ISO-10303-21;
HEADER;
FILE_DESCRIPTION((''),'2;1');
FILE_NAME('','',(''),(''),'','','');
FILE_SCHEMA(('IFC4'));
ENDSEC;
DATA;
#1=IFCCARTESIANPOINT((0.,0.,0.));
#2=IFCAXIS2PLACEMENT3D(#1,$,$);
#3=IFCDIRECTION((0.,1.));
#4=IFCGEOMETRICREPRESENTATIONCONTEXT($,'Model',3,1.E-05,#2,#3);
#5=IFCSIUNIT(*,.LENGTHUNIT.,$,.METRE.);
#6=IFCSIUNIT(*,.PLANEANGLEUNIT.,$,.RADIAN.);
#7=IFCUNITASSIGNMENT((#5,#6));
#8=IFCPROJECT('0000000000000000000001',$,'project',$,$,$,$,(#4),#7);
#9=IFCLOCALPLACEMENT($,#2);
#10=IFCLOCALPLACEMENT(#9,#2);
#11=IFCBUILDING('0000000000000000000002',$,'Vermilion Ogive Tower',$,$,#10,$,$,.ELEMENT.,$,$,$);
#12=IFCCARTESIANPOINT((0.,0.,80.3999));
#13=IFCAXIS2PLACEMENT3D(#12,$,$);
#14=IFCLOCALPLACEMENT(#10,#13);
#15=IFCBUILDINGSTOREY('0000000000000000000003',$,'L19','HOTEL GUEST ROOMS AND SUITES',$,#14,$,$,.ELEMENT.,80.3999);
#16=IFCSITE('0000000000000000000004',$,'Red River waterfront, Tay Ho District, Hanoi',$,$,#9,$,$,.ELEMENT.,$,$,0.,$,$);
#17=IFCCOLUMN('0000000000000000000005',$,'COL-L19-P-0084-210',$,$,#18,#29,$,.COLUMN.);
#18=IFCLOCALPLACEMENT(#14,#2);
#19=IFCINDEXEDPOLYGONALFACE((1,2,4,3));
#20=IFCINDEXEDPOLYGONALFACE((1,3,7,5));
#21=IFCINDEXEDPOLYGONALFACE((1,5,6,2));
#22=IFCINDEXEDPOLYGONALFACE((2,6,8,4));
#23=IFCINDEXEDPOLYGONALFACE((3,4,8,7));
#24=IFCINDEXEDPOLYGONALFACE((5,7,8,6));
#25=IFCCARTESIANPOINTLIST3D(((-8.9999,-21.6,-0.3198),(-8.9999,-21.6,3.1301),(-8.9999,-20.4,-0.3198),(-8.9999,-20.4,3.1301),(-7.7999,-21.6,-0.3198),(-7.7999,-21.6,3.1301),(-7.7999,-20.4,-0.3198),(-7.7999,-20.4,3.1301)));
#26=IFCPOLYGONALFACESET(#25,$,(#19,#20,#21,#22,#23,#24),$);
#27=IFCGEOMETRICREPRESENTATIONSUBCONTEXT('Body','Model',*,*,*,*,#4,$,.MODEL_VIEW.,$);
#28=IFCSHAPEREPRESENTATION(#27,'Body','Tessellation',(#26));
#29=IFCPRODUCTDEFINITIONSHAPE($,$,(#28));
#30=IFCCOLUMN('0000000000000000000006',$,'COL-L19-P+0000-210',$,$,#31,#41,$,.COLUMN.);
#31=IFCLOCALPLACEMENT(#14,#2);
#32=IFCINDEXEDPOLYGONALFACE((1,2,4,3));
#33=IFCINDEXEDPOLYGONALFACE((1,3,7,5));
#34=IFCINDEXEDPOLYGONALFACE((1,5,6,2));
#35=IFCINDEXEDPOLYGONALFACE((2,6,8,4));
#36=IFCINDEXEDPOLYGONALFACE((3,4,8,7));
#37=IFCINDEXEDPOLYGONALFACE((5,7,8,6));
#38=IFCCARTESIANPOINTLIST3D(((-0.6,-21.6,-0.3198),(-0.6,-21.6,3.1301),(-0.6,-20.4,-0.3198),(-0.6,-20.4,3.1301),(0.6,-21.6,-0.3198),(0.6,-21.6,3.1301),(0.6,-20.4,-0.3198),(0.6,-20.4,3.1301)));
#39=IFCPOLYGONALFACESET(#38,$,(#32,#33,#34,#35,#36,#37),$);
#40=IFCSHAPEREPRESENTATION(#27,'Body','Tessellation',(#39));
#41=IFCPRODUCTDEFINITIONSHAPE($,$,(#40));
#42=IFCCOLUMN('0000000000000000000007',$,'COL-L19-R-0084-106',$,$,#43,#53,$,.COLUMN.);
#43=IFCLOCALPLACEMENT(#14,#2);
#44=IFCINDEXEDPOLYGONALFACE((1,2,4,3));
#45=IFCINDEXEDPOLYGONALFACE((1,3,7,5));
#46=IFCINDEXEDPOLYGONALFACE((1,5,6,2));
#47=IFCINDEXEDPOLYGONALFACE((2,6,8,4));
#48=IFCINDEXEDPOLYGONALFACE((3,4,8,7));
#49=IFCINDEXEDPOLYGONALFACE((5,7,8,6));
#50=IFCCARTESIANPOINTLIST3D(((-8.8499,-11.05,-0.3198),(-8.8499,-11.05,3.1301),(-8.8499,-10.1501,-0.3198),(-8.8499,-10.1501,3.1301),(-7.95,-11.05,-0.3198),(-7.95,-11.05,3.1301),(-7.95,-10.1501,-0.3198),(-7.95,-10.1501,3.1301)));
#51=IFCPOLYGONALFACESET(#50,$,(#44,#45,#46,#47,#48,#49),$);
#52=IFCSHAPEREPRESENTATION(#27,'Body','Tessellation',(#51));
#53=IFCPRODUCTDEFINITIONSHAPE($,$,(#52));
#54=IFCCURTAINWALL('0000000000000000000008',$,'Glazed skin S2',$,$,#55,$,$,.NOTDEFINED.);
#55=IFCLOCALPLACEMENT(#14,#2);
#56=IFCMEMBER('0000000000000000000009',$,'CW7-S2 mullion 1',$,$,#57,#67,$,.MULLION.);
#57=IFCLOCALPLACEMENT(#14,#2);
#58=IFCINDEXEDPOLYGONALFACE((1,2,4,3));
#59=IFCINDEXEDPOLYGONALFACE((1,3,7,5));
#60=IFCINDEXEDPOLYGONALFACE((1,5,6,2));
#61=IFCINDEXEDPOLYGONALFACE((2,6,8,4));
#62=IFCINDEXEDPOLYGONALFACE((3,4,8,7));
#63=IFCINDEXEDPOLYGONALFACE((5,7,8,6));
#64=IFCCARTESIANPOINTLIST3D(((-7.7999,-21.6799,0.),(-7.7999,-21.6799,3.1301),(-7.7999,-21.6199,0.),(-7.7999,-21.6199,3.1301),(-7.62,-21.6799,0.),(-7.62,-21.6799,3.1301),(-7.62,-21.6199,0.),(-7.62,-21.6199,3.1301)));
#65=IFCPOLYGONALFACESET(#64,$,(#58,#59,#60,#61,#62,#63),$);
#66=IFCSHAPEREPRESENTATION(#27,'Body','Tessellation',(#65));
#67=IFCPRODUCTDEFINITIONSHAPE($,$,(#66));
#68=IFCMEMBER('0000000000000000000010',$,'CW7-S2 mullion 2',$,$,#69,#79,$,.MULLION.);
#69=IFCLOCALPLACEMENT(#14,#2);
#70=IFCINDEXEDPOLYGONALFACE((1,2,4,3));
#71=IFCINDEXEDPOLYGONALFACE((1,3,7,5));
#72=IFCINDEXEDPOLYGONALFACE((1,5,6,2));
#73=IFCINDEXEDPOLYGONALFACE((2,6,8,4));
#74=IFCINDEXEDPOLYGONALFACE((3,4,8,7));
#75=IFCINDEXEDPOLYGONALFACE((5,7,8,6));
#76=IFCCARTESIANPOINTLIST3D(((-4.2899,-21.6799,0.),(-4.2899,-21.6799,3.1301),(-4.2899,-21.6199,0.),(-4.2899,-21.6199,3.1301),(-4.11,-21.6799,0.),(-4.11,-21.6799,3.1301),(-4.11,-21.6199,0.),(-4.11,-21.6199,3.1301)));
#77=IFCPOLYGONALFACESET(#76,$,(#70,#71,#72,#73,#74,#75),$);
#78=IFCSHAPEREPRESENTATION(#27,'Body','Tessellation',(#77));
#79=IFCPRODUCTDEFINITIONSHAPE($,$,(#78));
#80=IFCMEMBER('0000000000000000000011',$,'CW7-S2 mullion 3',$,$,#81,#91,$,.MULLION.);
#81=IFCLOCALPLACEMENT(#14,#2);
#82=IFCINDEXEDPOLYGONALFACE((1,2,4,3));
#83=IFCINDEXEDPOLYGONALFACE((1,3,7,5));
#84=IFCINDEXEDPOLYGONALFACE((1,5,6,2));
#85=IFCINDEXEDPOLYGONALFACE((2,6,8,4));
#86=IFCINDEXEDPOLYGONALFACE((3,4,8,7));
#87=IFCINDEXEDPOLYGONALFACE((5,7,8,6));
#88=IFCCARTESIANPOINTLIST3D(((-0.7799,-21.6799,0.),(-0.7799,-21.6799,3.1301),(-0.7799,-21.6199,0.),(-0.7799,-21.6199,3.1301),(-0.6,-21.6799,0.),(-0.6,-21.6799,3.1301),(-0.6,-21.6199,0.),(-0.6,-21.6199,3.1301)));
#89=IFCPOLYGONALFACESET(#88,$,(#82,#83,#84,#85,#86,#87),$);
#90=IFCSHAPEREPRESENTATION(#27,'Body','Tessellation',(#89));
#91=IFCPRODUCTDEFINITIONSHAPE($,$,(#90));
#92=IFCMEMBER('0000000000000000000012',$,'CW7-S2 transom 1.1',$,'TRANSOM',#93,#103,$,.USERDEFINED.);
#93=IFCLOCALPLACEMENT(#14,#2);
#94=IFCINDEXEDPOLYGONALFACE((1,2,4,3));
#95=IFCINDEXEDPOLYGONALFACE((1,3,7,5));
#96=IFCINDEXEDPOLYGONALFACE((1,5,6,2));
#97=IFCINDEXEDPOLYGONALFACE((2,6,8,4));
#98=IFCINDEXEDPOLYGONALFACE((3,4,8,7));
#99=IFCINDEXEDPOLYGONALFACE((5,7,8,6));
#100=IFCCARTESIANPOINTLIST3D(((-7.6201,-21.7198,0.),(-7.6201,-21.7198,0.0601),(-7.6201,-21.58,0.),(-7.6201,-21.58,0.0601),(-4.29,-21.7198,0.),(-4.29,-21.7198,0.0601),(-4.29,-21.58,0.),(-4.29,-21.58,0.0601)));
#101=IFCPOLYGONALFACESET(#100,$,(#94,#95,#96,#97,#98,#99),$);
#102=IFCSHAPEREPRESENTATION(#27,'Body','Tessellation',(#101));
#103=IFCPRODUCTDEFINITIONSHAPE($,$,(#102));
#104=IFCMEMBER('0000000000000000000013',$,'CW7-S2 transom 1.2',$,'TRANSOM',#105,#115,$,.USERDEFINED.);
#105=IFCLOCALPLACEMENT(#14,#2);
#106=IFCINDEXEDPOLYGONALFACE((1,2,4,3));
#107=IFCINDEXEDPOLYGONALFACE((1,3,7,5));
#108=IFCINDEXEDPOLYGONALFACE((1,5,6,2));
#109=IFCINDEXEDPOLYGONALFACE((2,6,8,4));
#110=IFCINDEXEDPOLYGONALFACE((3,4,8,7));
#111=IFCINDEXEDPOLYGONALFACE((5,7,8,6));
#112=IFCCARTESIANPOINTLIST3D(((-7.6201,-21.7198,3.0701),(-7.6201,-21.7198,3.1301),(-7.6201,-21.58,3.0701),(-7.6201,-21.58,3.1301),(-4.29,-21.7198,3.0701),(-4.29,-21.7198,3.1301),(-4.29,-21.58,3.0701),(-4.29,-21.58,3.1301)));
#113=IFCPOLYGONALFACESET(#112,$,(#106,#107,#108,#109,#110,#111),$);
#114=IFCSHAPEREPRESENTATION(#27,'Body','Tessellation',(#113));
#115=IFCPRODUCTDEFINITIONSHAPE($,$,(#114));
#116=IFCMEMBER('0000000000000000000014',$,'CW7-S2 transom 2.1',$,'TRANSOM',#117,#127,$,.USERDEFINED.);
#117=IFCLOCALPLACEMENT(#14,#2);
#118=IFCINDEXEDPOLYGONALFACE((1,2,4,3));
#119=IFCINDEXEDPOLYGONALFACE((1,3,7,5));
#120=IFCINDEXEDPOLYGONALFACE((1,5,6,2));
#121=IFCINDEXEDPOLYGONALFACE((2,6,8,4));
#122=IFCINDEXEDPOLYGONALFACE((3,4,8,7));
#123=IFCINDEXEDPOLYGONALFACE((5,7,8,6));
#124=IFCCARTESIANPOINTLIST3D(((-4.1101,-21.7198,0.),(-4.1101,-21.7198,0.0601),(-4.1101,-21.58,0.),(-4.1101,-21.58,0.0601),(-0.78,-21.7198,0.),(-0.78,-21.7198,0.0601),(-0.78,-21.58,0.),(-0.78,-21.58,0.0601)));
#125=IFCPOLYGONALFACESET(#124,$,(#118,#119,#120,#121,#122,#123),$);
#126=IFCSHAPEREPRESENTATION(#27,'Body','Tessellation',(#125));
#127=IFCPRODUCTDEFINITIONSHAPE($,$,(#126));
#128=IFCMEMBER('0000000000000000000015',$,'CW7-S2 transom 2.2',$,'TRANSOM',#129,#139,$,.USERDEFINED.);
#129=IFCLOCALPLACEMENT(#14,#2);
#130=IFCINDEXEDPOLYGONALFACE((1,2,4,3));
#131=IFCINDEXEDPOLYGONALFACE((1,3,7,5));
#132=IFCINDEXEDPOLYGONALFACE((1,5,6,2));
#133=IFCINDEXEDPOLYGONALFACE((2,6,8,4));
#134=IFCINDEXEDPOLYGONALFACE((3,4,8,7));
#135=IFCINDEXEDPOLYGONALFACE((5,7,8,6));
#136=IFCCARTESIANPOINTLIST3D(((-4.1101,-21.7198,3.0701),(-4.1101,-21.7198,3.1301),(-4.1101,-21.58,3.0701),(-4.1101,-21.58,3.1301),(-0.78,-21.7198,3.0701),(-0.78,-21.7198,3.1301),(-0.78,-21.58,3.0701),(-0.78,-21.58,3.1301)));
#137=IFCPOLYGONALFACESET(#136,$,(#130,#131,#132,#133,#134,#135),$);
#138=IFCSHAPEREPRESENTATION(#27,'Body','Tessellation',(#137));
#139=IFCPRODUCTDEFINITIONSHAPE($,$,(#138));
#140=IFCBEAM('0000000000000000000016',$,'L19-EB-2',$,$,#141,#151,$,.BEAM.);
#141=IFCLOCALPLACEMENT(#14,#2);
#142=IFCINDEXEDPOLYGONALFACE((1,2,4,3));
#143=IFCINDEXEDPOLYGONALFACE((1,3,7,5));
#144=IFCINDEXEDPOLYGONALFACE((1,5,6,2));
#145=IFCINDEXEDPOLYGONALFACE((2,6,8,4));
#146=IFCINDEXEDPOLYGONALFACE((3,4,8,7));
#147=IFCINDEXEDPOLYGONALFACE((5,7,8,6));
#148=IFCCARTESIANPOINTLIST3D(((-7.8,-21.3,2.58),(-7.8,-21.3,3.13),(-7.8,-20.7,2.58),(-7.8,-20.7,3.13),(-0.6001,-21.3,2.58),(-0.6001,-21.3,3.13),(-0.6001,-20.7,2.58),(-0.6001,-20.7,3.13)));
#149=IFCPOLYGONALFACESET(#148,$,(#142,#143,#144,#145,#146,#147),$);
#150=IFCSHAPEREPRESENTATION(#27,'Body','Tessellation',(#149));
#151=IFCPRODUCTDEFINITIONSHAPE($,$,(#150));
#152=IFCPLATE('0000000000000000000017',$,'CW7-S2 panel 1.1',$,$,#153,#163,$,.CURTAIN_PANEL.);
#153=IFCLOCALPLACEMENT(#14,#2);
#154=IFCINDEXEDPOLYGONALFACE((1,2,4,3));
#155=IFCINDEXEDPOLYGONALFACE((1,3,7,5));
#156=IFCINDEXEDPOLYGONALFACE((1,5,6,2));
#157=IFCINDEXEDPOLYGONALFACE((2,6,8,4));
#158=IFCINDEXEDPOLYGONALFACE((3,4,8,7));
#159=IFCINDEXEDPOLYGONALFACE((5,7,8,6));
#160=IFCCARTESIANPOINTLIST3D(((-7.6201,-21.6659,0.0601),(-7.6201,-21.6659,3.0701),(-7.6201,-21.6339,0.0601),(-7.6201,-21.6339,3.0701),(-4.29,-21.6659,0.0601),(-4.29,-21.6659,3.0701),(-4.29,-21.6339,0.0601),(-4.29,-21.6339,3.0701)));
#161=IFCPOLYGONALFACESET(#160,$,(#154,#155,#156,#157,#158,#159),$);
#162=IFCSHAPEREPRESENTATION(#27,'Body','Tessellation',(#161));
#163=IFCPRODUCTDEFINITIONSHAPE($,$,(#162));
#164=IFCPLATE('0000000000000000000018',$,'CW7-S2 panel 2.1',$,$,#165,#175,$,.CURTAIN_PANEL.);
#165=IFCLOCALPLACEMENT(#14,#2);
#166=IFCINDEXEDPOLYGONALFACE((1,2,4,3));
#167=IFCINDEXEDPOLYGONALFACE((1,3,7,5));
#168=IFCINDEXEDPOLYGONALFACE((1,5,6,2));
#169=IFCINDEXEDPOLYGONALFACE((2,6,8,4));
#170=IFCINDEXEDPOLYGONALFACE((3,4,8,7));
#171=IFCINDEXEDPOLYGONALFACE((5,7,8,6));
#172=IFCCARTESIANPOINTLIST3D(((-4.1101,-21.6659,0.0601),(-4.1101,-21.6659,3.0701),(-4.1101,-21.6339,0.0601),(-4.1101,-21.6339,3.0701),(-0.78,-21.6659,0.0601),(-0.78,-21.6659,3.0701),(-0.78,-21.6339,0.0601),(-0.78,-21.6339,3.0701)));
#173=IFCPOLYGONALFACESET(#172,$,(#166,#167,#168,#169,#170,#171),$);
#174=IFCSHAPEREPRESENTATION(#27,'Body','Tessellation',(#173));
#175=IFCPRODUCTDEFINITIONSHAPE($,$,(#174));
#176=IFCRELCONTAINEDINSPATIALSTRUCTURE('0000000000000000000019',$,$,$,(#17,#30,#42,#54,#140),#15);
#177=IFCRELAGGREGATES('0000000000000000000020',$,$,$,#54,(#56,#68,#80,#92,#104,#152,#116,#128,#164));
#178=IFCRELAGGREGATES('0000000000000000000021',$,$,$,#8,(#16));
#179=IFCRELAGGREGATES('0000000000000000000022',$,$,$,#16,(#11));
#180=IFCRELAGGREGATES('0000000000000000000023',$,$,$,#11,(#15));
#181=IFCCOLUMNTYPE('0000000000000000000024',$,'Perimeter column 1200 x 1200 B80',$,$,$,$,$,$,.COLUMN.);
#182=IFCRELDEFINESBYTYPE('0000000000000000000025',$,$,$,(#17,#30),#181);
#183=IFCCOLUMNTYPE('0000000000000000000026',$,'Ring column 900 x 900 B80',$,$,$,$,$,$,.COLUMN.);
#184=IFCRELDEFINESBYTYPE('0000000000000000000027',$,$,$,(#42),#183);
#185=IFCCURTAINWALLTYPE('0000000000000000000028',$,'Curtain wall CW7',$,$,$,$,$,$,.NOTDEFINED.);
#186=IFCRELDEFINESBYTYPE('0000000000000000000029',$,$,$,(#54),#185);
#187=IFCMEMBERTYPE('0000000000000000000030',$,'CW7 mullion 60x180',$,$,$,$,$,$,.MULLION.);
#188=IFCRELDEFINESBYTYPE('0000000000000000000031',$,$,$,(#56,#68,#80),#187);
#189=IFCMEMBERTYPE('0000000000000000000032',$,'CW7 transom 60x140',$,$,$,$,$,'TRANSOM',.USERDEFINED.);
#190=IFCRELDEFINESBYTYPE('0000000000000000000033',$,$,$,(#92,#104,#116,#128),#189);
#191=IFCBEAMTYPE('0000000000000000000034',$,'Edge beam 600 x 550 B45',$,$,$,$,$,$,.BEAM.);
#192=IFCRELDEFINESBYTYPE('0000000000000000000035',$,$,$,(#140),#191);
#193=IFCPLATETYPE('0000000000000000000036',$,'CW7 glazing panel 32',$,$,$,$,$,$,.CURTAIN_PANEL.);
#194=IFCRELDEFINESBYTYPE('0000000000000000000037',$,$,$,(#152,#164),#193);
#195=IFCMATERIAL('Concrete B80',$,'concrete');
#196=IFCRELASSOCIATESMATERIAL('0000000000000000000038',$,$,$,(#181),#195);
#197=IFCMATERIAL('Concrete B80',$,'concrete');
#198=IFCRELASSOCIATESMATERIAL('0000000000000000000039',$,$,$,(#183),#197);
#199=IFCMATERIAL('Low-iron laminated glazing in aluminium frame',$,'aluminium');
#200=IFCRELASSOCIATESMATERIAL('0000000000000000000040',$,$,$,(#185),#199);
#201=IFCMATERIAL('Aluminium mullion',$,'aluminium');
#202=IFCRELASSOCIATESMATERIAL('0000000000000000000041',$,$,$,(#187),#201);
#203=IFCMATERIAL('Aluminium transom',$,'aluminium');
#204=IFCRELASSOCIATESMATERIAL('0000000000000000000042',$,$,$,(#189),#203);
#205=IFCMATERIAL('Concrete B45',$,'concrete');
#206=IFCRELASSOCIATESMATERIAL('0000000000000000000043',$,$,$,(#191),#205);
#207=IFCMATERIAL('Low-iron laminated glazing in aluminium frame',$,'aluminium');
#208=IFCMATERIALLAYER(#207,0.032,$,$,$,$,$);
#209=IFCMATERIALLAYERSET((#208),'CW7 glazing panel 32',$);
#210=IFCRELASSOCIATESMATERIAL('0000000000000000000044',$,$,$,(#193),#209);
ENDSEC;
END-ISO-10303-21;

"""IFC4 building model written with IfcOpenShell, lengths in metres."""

from ifc_helpers import new_model, si_unit, direction, frame, origin, origin_2d, place, context, subcontext, project, spatial, rectangle, extrude, material, layer, layer_set, material_profile, profile_set, type_object, element, aggregate, save


model = new_model("IFC4")

# Units and contexts
model_context = context("Model", 3, precision=1e-05, world=origin(), true_north=direction((0.0, 1.0)))
body_context = subcontext(model_context, "Body", "Model", "MODEL_VIEW")
ifc_project = project(units=[si_unit("LENGTHUNIT", "METRE"), si_unit("PLANEANGLEUNIT", "RADIAN")], contexts=[model_context])

# Site, building, storey
site_placement = place(None, origin())
site = spatial("IfcSite", under=ifc_project, at=site_placement, Name="Red River waterfront, Tay Ho District, Hanoi", CompositionType="ELEMENT", RefElevation=0.0)
building_placement = place(site_placement, origin())
building = spatial("IfcBuilding", under=site, at=building_placement, Name="Vermilion Ogive Tower", CompositionType="ELEMENT")
storey_placement = place(building_placement, frame((0.0, 0.0, 80.3999)))
storey = spatial("IfcBuildingStorey", under=building, at=storey_placement, Name="L19", Description="HOTEL GUEST ROOMS AND SUITES", CompositionType="ELEMENT", Elevation=80.3999)

# Columns
ifc_material_1 = material(Name="Concrete B80", Category="concrete")
ifc_material_profile_1 = material_profile(ifc_material_1, rectangle(XDim=1.2, YDim=1.2, at=origin_2d()), Name="1200 x 1200")
ifc_profile_set_1 = profile_set([ifc_material_profile_1], Name="Concrete B80")
column_type_1 = type_object("IfcColumnType", Name="Perimeter column 1200 x 1200 B80", PredefinedType="COLUMN", material=ifc_profile_set_1)
for number, where, z_axis, x_axis, name in (
    (1, (-8.3999, -21.0, -0.3198), (0.0, 0.0, 1.0), (1.0, 0.0, 0.0), "COL-L19-P-0084-210"),
    (2, (0.0, -21.0, -0.3198), (0.0, 0.0, 1.0), (1.0, 0.0, 0.0), "COL-L19-P+0000-210"),
):
    element("IfcColumn", number, at=place(storey_placement, frame(where, z_axis=z_axis, x_axis=x_axis)), inside=storey, type_object=column_type_1, Name=name, PredefinedType="COLUMN", context=body_context, shape_type="SweptSolid", body=[
        extrude(rectangle(XDim=1.2, YDim=1.2, at=origin_2d()), origin(), (0.0, 0.0, 1.0), 3.45),
    ])
ifc_material_2 = material(Name="Concrete B80", Category="concrete")
ifc_material_profile_2 = material_profile(ifc_material_2, rectangle(XDim=0.8999, YDim=0.8999, at=origin_2d()), Name="900 x 900")
ifc_profile_set_2 = profile_set([ifc_material_profile_2], Name="Concrete B80")
column_type_2 = type_object("IfcColumnType", Name="Ring column 900 x 900 B80", PredefinedType="COLUMN", material=ifc_profile_set_2)
column_placement = place(storey_placement, frame((-8.3999, -10.6001, -0.3198), z_axis=(0.0, 0.0, 1.0), x_axis=(1.0, 0.0, 0.0)))
element("IfcColumn", 3, at=column_placement, inside=storey, type_object=column_type_2, Name="COL-L19-R-0084-106", PredefinedType="COLUMN", context=body_context, shape_type="SweptSolid", body=[
    extrude(rectangle(XDim=0.8999, YDim=0.8999, at=origin_2d()), origin(), (0.0, 0.0, 1.0), 3.45),
])

# Curtain wall, members
ifc_material_3 = material(Name="Low-iron laminated glazing in aluminium frame", Category="aluminium")
curtain_wall_type = type_object("IfcCurtainWallType", Name="Curtain wall CW7", PredefinedType="NOTDEFINED", material=ifc_material_3)
curtain_wall_placement = place(storey_placement, origin())
curtain_wall = element("IfcCurtainWall", 4, at=curtain_wall_placement, inside=storey, type_object=curtain_wall_type, Name="Glazed skin S2", PredefinedType="NOTDEFINED")
ifc_material_4 = material(Name="Aluminium mullion", Category="aluminium")
ifc_material_profile_3 = material_profile(ifc_material_4, rectangle(XDim=0.0601, YDim=0.1799, at=origin_2d()), Name="AL 60x180")
ifc_profile_set_3 = profile_set([ifc_material_profile_3], Name="Aluminium mullion")
member_type_1 = type_object("IfcMemberType", Name="CW7 mullion 60x180", PredefinedType="MULLION", material=ifc_profile_set_3)
member_1_placement = place(storey_placement, frame((-7.71, -21.6499, 0.0), z_axis=(0.0, 0.0, 1.0), x_axis=(0.0, 1.0, 0.0)))
member_1 = element("IfcMember", 5, at=member_1_placement, type_object=member_type_1, Name="CW7-S2 mullion 1", PredefinedType="MULLION", context=body_context, shape_type="SweptSolid", body=[
    extrude(rectangle(XDim=0.0601, YDim=0.1799, at=origin_2d()), origin(), (0.0, 0.0, 1.0), 3.1301),
])
member_2_placement = place(storey_placement, frame((-4.2, -21.6499, 0.0), z_axis=(0.0, 0.0, 1.0), x_axis=(0.0, 1.0, 0.0)))
member_2 = element("IfcMember", 6, at=member_2_placement, type_object=member_type_1, Name="CW7-S2 mullion 2", PredefinedType="MULLION", context=body_context, shape_type="SweptSolid", body=[
    extrude(rectangle(XDim=0.0601, YDim=0.1799, at=origin_2d()), origin(), (0.0, 0.0, 1.0), 3.1301),
])
member_3_placement = place(storey_placement, frame((-0.6899, -21.6499, 0.0), z_axis=(0.0, 0.0, 1.0), x_axis=(0.0, 1.0, 0.0)))
member_3 = element("IfcMember", 7, at=member_3_placement, type_object=member_type_1, Name="CW7-S2 mullion 3", PredefinedType="MULLION", context=body_context, shape_type="SweptSolid", body=[
    extrude(rectangle(XDim=0.0601, YDim=0.1799, at=origin_2d()), origin(), (0.0, 0.0, 1.0), 3.1301),
])
ifc_material_5 = material(Name="Aluminium transom", Category="aluminium")
ifc_material_profile_4 = material_profile(ifc_material_5, rectangle(XDim=0.1399, YDim=0.0601, at=origin_2d()), Name="AL 60x140")
ifc_profile_set_4 = profile_set([ifc_material_profile_4], Name="Aluminium transom")
member_type_2 = type_object("IfcMemberType", Name="CW7 transom 60x140", ElementType="TRANSOM", PredefinedType="USERDEFINED", material=ifc_profile_set_4)
member_4_placement = place(storey_placement, frame((-7.6201, -21.6499, 0.03), z_axis=(1.0, 0.0, 0.0), x_axis=(0.0, 1.0, 0.0)))
member_4 = element("IfcMember", 8, at=member_4_placement, type_object=member_type_2, Name="CW7-S2 transom 1.1", ObjectType="TRANSOM", PredefinedType="USERDEFINED", context=body_context, shape_type="SweptSolid", body=[
    extrude(rectangle(XDim=0.1399, YDim=0.0601, at=origin_2d()), origin(), (0.0, 0.0, 1.0), 3.3301),
])
member_5_placement = place(storey_placement, frame((-7.6201, -21.6499, 3.1001), z_axis=(1.0, 0.0, 0.0), x_axis=(0.0, 1.0, 0.0)))
member_5 = element("IfcMember", 9, at=member_5_placement, type_object=member_type_2, Name="CW7-S2 transom 1.2", ObjectType="TRANSOM", PredefinedType="USERDEFINED", context=body_context, shape_type="SweptSolid", body=[
    extrude(rectangle(XDim=0.1399, YDim=0.0601, at=origin_2d()), origin(), (0.0, 0.0, 1.0), 3.3301),
])
member_6_placement = place(storey_placement, frame((-4.1101, -21.6499, 0.03), z_axis=(1.0, 0.0, 0.0), x_axis=(0.0, 1.0, 0.0)))
member_6 = element("IfcMember", 10, at=member_6_placement, type_object=member_type_2, Name="CW7-S2 transom 2.1", ObjectType="TRANSOM", PredefinedType="USERDEFINED", context=body_context, shape_type="SweptSolid", body=[
    extrude(rectangle(XDim=0.1399, YDim=0.0601, at=origin_2d()), origin(), (0.0, 0.0, 1.0), 3.3301),
])
member_7_placement = place(storey_placement, frame((-4.1101, -21.6499, 3.1001), z_axis=(1.0, 0.0, 0.0), x_axis=(0.0, 1.0, 0.0)))
member_7 = element("IfcMember", 11, at=member_7_placement, type_object=member_type_2, Name="CW7-S2 transom 2.2", ObjectType="TRANSOM", PredefinedType="USERDEFINED", context=body_context, shape_type="SweptSolid", body=[
    extrude(rectangle(XDim=0.1399, YDim=0.0601, at=origin_2d()), origin(), (0.0, 0.0, 1.0), 3.3301),
])

# Beam
ifc_material_6 = material(Name="Concrete B45", Category="concrete")
ifc_material_profile_5 = material_profile(ifc_material_6, rectangle(XDim=0.6001, YDim=0.55, at=origin_2d()), Name="600 x 550")
ifc_profile_set_5 = profile_set([ifc_material_profile_5], Name="Concrete B45")
beam_type = type_object("IfcBeamType", Name="Edge beam 600 x 550 B45", PredefinedType="BEAM", material=ifc_profile_set_5)
beam_placement = place(storey_placement, frame((-7.8, -21.0, 2.855), z_axis=(1.0, 0.0, 0.0), x_axis=(0.0, 1.0, 0.0)))
element("IfcBeam", 12, at=beam_placement, inside=storey, type_object=beam_type, Name="L19-EB-2", PredefinedType="BEAM", context=body_context, shape_type="SweptSolid", body=[
    extrude(rectangle(XDim=0.6001, YDim=0.55, at=origin_2d()), origin(), (0.0, 0.0, 1.0), 7.2),
])

# Plates
ifc_material_7 = material(Name="Low-iron laminated glazing in aluminium frame", Category="aluminium")
ifc_layer_1 = layer(ifc_material_7, 0.032)
ifc_layer_set_1 = layer_set([ifc_layer_1], Name="CW7 glazing panel 32")
plate_type = type_object("IfcPlateType", Name="CW7 glazing panel 32", PredefinedType="CURTAIN_PANEL", material=ifc_layer_set_1)
plate_1_placement = place(storey_placement, frame((-5.9551, -21.6499, 0.0601), z_axis=(0.0, 0.0, 1.0), x_axis=(1.0, 0.0, 0.0)))
plate_1 = element("IfcPlate", 13, at=plate_1_placement, type_object=plate_type, Name="CW7-S2 panel 1.1", PredefinedType="CURTAIN_PANEL", context=body_context, shape_type="SweptSolid", body=[
    extrude(rectangle(XDim=3.3301, YDim=0.032, at=origin_2d()), origin(), (0.0, 0.0, 1.0), 3.01),
])
plate_2_placement = place(storey_placement, frame((-2.4451, -21.6499, 0.0601), z_axis=(0.0, 0.0, 1.0), x_axis=(1.0, 0.0, 0.0)))
plate_2 = element("IfcPlate", 14, at=plate_2_placement, type_object=plate_type, Name="CW7-S2 panel 2.1", PredefinedType="CURTAIN_PANEL", context=body_context, shape_type="SweptSolid", body=[
    extrude(rectangle(XDim=3.3301, YDim=0.032, at=origin_2d()), origin(), (0.0, 0.0, 1.0), 3.01),
])
aggregate(curtain_wall, [member_1, member_2, member_3, member_4, member_5, plate_1, member_6, member_7, plate_2])

save(model, "model.ifc")
